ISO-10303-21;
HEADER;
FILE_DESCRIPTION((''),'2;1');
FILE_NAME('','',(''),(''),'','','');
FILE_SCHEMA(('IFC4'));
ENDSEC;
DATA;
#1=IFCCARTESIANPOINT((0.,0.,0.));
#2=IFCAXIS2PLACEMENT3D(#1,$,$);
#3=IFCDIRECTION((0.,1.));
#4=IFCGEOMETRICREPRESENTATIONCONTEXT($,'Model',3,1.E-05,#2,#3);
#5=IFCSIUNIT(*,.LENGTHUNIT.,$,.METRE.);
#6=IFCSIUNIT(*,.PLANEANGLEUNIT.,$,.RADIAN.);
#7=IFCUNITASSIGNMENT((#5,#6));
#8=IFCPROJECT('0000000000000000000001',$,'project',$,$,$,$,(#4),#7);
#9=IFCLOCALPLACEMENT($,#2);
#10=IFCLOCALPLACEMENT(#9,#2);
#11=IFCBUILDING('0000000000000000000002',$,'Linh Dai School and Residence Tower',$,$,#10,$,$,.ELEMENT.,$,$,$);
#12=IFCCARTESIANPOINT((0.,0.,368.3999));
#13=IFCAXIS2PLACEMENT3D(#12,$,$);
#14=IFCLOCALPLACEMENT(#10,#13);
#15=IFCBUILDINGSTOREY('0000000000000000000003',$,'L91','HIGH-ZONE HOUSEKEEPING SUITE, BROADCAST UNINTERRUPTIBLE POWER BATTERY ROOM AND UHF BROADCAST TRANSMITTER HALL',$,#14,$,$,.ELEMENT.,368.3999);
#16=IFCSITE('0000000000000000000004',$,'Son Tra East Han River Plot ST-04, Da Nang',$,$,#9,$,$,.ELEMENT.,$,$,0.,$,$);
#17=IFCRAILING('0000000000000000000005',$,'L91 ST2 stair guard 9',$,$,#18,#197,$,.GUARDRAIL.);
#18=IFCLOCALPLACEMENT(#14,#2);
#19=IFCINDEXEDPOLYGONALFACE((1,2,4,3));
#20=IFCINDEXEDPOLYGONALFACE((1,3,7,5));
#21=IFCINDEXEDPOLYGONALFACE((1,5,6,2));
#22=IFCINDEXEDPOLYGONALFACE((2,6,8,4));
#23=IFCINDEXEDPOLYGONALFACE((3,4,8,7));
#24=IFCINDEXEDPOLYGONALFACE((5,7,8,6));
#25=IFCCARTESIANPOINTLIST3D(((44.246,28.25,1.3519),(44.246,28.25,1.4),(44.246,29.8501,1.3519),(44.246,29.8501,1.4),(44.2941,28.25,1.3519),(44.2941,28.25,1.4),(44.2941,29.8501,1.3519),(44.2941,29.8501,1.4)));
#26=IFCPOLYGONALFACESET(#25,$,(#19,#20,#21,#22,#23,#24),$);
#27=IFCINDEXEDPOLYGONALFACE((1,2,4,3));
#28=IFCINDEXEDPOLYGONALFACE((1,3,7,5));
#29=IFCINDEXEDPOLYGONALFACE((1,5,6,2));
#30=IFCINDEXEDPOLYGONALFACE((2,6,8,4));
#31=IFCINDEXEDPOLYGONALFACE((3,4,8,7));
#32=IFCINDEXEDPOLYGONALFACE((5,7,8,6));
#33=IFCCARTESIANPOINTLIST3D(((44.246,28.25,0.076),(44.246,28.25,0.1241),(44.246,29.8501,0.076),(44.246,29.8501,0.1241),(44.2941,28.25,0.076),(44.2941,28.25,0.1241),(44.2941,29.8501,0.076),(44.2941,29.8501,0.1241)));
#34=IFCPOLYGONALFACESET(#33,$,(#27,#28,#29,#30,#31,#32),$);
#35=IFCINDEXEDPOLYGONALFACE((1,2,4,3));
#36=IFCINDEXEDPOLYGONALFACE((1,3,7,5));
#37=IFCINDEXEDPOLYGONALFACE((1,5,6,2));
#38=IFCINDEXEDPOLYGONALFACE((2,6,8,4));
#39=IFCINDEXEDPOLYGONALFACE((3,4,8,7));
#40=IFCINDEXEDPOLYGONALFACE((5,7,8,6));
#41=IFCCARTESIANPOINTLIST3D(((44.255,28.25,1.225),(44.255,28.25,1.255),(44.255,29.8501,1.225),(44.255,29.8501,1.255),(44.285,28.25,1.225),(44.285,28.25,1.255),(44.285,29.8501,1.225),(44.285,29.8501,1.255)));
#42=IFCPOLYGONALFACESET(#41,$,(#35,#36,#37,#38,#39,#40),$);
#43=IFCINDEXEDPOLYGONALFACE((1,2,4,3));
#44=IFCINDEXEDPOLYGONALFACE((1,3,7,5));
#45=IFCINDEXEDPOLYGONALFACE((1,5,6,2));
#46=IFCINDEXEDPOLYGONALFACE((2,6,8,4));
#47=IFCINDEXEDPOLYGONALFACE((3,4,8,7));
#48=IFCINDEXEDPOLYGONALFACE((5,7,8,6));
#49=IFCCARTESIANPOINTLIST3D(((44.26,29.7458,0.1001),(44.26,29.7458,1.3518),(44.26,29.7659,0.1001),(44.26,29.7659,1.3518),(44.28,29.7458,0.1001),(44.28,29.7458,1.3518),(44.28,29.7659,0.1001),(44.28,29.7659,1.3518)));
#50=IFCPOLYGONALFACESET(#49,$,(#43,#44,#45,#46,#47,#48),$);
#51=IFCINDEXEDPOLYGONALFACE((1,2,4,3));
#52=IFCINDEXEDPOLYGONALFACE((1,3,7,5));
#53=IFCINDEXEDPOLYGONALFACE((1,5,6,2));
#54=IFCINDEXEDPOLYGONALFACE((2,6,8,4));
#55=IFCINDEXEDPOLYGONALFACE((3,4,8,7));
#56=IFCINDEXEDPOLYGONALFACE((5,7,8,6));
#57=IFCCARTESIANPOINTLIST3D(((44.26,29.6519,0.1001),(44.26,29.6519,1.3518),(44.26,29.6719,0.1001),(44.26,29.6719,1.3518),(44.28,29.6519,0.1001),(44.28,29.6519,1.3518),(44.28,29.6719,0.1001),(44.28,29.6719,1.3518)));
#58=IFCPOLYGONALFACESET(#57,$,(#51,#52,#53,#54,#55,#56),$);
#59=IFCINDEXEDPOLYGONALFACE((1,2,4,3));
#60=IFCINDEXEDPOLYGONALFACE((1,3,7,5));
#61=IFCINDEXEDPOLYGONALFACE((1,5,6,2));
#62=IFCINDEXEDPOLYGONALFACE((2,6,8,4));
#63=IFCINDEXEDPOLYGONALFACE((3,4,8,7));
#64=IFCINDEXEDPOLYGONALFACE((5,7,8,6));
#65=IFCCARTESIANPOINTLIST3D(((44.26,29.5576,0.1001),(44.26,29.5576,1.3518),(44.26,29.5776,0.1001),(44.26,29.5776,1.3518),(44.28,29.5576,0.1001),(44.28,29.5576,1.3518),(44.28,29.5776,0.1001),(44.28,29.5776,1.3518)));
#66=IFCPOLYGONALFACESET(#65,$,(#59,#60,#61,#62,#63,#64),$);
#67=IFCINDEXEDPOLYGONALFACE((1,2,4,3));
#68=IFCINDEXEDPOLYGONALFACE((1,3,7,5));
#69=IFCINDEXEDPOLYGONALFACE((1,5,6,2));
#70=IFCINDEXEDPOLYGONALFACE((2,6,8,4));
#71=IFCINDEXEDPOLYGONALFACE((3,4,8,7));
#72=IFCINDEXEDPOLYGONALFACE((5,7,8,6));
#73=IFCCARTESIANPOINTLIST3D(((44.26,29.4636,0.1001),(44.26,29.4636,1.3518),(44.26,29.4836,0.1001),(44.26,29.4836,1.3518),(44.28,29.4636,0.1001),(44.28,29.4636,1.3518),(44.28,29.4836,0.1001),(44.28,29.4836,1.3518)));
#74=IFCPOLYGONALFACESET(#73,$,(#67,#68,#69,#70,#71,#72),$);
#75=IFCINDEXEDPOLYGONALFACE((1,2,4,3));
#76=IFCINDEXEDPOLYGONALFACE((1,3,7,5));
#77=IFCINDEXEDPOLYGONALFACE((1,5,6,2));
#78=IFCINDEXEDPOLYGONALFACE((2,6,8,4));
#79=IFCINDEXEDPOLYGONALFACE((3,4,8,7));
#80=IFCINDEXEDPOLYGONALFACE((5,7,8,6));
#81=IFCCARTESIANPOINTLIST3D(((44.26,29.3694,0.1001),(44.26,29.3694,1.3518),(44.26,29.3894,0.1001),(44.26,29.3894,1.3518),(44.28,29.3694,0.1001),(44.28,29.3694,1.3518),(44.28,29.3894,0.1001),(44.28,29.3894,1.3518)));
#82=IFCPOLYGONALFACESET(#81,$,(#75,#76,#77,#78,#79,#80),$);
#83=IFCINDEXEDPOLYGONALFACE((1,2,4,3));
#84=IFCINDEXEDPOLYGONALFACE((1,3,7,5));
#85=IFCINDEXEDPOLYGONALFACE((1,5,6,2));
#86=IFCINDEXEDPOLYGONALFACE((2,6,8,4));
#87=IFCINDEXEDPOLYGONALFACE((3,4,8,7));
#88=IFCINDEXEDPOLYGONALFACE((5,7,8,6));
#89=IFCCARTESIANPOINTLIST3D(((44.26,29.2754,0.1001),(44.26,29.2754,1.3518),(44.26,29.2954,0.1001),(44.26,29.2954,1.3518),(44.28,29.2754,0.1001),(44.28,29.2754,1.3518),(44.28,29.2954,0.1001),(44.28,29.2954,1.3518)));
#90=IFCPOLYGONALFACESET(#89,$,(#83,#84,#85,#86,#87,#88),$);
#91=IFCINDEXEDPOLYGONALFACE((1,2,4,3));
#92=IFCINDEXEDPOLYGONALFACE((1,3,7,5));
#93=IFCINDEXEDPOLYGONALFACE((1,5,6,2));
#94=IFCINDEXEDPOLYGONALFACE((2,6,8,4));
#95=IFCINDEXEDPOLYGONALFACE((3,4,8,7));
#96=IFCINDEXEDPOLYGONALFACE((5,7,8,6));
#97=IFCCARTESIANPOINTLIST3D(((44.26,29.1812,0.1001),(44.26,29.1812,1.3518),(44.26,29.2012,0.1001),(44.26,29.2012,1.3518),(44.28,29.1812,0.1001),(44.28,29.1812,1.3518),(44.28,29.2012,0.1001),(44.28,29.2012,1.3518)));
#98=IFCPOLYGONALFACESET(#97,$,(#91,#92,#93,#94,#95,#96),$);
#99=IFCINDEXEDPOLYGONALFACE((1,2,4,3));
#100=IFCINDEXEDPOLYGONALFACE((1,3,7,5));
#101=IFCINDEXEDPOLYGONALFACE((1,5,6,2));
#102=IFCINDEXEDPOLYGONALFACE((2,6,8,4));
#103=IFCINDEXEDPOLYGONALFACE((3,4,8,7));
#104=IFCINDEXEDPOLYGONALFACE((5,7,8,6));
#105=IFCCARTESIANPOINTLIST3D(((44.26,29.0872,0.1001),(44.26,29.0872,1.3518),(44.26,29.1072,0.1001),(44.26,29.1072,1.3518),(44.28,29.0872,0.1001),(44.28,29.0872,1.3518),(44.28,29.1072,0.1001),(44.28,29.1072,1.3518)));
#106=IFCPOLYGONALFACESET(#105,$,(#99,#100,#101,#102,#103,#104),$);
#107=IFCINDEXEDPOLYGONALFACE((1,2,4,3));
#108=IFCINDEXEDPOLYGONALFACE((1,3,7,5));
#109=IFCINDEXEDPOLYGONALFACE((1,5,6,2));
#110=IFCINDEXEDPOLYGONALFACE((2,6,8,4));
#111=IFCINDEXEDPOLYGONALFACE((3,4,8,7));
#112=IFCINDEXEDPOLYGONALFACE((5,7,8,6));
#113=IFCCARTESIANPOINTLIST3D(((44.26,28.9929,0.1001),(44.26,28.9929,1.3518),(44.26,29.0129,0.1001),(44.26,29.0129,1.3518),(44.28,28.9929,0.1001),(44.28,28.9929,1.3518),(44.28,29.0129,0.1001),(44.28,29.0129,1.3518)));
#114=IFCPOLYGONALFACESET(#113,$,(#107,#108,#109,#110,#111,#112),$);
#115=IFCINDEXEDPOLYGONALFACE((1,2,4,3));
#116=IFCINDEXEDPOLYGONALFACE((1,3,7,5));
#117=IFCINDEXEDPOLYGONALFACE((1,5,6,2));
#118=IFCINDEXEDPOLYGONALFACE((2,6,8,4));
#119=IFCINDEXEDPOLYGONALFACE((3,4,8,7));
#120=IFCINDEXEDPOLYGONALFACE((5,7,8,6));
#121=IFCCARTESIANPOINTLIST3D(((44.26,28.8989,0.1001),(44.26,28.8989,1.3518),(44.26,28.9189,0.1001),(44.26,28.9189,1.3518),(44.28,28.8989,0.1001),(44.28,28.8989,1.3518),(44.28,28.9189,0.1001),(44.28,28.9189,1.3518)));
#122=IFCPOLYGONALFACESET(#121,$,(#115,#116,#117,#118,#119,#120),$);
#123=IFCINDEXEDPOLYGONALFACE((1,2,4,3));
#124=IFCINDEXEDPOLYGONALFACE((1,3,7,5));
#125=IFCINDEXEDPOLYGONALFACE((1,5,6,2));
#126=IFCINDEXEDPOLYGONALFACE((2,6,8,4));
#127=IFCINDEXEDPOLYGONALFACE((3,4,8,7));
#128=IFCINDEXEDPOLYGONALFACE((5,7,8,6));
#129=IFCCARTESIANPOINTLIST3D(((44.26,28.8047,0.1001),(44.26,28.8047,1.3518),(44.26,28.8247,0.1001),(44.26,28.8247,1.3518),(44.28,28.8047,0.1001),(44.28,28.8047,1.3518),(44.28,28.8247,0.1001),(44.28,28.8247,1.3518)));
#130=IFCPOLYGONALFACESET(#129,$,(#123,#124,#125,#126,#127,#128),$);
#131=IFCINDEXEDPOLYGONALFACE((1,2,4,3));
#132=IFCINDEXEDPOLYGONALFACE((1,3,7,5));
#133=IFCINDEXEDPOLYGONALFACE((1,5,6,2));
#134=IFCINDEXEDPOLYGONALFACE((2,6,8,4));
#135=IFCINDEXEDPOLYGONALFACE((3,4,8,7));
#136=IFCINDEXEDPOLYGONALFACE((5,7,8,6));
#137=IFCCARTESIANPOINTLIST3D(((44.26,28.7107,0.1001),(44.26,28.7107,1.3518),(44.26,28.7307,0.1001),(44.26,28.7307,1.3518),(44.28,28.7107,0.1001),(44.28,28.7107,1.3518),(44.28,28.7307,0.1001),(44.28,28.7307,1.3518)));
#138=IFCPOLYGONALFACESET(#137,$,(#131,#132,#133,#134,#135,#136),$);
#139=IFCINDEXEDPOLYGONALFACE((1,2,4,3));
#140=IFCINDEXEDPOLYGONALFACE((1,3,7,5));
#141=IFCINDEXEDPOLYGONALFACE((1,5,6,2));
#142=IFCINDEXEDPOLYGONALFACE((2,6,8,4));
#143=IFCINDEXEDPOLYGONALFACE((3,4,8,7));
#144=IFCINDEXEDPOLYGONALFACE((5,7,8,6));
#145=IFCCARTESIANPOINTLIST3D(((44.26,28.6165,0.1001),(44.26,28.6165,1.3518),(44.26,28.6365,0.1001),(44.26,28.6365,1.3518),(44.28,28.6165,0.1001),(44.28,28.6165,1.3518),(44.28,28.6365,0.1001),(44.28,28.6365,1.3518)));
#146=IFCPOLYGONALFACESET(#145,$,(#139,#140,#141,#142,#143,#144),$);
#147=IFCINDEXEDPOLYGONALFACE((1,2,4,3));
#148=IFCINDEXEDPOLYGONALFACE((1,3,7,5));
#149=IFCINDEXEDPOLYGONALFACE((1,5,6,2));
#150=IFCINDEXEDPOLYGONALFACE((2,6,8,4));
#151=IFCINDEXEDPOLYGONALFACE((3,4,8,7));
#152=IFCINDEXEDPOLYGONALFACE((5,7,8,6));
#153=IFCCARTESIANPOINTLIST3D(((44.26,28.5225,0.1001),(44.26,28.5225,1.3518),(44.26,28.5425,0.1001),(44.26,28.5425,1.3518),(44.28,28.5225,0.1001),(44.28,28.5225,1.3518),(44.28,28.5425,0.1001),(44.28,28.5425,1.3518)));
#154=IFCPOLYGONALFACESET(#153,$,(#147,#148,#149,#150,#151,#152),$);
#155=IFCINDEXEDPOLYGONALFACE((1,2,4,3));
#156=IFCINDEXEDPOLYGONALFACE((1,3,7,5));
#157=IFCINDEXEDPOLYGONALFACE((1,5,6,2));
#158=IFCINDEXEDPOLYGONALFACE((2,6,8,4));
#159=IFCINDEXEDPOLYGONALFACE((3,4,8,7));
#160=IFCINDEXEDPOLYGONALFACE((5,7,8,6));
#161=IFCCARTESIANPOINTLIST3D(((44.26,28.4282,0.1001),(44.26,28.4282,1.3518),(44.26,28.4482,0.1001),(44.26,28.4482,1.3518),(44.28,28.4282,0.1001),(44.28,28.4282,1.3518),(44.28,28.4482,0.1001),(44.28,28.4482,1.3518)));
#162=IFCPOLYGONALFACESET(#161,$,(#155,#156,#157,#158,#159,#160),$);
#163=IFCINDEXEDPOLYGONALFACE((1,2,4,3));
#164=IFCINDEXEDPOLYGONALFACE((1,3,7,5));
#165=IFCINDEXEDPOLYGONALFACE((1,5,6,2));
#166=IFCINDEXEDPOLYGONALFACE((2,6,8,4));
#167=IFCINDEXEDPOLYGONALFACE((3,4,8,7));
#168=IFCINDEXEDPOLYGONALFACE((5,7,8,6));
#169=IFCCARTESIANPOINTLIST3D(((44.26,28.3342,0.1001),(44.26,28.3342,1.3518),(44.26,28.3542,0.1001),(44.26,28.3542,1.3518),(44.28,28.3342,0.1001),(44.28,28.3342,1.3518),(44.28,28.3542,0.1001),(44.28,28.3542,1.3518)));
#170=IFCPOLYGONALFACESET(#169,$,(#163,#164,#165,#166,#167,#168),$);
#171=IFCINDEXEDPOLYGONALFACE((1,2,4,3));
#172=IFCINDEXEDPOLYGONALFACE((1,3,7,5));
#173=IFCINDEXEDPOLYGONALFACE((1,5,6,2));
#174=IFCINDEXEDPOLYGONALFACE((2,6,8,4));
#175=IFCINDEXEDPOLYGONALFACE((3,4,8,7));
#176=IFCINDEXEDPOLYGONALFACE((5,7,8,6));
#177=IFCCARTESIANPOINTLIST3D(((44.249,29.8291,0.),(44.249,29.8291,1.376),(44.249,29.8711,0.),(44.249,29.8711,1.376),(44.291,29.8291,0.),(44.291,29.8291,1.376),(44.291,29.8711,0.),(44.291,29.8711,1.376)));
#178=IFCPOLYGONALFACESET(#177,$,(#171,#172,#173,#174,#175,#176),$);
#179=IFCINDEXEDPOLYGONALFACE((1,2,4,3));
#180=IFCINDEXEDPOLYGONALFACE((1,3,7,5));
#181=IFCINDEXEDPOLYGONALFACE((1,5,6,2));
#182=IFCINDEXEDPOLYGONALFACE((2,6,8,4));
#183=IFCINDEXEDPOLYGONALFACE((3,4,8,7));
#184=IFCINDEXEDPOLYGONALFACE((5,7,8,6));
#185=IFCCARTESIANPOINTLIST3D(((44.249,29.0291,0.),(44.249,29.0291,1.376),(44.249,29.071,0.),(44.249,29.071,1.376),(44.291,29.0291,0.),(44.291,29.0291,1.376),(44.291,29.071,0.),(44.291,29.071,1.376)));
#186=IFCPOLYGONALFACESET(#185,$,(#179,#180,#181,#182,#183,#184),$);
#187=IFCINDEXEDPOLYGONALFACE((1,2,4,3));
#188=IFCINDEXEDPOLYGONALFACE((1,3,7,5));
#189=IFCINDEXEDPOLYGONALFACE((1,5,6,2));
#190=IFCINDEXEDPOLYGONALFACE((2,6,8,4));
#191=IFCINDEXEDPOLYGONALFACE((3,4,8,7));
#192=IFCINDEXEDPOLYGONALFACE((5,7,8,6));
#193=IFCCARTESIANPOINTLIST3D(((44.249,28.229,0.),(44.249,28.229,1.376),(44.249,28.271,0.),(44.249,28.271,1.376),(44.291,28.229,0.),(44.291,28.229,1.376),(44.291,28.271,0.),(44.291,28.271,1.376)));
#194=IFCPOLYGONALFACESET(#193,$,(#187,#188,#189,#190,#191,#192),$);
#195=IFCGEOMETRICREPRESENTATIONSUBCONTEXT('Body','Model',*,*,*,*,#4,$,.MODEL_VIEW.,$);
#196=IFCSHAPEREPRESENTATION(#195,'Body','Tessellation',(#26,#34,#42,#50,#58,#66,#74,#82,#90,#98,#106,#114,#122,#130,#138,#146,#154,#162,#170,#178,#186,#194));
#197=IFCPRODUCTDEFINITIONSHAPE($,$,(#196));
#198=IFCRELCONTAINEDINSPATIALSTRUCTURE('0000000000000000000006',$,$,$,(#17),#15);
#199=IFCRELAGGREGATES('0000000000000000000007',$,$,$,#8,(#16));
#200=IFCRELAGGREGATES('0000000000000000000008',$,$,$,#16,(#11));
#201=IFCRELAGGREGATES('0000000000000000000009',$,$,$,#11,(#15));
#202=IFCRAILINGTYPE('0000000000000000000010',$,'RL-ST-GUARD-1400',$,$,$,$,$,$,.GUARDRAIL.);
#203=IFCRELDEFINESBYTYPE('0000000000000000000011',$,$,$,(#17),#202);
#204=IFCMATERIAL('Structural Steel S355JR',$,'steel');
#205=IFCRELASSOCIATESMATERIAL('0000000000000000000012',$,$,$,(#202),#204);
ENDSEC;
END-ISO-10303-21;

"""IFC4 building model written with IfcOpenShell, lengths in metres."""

from ifc_helpers import new_model, si_unit, direction, frame, origin, origin_2d, place, context, subcontext, project, spatial, rectangle, extrude, source, transform, mapped, material, type_object, element, save


model = new_model("IFC4")

# Units and contexts
model_context = context("Model", 3, precision=1e-05, world=origin(), true_north=direction((0.0, 1.0)))
body_context = subcontext(model_context, "Body", "Model", "MODEL_VIEW")
ifc_project = project(units=[si_unit("LENGTHUNIT", "METRE"), si_unit("PLANEANGLEUNIT", "RADIAN")], contexts=[model_context])

# Site, building, storey
site_placement = place(None, origin())
site = spatial("IfcSite", under=ifc_project, at=site_placement, Name="Son Tra East Han River Plot ST-04, Da Nang", CompositionType="ELEMENT", RefElevation=0.0)
building_placement = place(site_placement, origin())
building = spatial("IfcBuilding", under=site, at=building_placement, Name="Linh Dai School and Residence Tower", CompositionType="ELEMENT")
storey_placement = place(building_placement, frame((0.0, 0.0, 368.3999)))
storey = spatial("IfcBuildingStorey", under=building, at=storey_placement, Name="L91", Description="HIGH-ZONE HOUSEKEEPING SUITE, BROADCAST UNINTERRUPTIBLE POWER BATTERY ROOM AND UHF BROADCAST TRANSMITTER HALL", CompositionType="ELEMENT", Elevation=368.3999)

# Shared definitions
ifc_material_1 = material(Name="Structural Steel S355JR", Category="steel")

# Railing
railing_type = type_object("IfcRailingType", Name="RL-ST-GUARD-1400", PredefinedType="GUARDRAIL", material=ifc_material_1)
shared_shape_1 = source(origin(), body_context, "Body", "SweptSolid", [
    extrude(rectangle(XDim=0.0481, YDim=0.0481, at=origin_2d()), frame((0.0, 0.0, 1.376), z_axis=(0.0, -1.0, 0.0), x_axis=(1.0, 0.0, 0.0)), (0.0, 0.0, 1.0), 1.6001),
    extrude(rectangle(XDim=0.0481, YDim=0.0481, at=origin_2d()), frame((0.0, 0.0, 0.1001), z_axis=(0.0, -1.0, 0.0), x_axis=(1.0, 0.0, 0.0)), (0.0, 0.0, 1.0), 1.6001),
    extrude(rectangle(XDim=0.03, YDim=0.03, at=origin_2d()), frame((0.0, 0.0, 1.24), z_axis=(0.0, -1.0, 0.0), x_axis=(1.0, 0.0, 0.0)), (0.0, 0.0, 1.0), 1.6001),
    extrude(rectangle(XDim=0.02, YDim=0.02, at=origin_2d()), frame((0.0, -0.0942, 0.1001)), (0.0, 0.0, 1.0), 1.2517),
    extrude(rectangle(XDim=0.02, YDim=0.02, at=origin_2d()), frame((0.0, -0.1882, 0.1001)), (0.0, 0.0, 1.0), 1.2517),
    extrude(rectangle(XDim=0.02, YDim=0.02, at=origin_2d()), frame((0.0, -0.2825, 0.1001)), (0.0, 0.0, 1.0), 1.2517),
    extrude(rectangle(XDim=0.02, YDim=0.02, at=origin_2d()), frame((0.0, -0.3765, 0.1001)), (0.0, 0.0, 1.0), 1.2517),
    extrude(rectangle(XDim=0.02, YDim=0.02, at=origin_2d()), frame((0.0, -0.4707, 0.1001)), (0.0, 0.0, 1.0), 1.2517),
    extrude(rectangle(XDim=0.02, YDim=0.02, at=origin_2d()), frame((0.0, -0.5647, 0.1001)), (0.0, 0.0, 1.0), 1.2517),
    extrude(rectangle(XDim=0.02, YDim=0.02, at=origin_2d()), frame((0.0, -0.6589, 0.1001)), (0.0, 0.0, 1.0), 1.2517),
    extrude(rectangle(XDim=0.02, YDim=0.02, at=origin_2d()), frame((0.0, -0.7529, 0.1001)), (0.0, 0.0, 1.0), 1.2517),
    extrude(rectangle(XDim=0.02, YDim=0.02, at=origin_2d()), frame((0.0, -0.8472, 0.1001)), (0.0, 0.0, 1.0), 1.2517),
    extrude(rectangle(XDim=0.02, YDim=0.02, at=origin_2d()), frame((0.0, -0.9412, 0.1001)), (0.0, 0.0, 1.0), 1.2517),
    extrude(rectangle(XDim=0.02, YDim=0.02, at=origin_2d()), frame((0.0, -1.0354, 0.1001)), (0.0, 0.0, 1.0), 1.2517),
    extrude(rectangle(XDim=0.02, YDim=0.02, at=origin_2d()), frame((0.0, -1.1294, 0.1001)), (0.0, 0.0, 1.0), 1.2517),
    extrude(rectangle(XDim=0.02, YDim=0.02, at=origin_2d()), frame((0.0, -1.2236, 0.1001)), (0.0, 0.0, 1.0), 1.2517),
    extrude(rectangle(XDim=0.02, YDim=0.02, at=origin_2d()), frame((0.0, -1.3176, 0.1001)), (0.0, 0.0, 1.0), 1.2517),
    extrude(rectangle(XDim=0.02, YDim=0.02, at=origin_2d()), frame((0.0, -1.4119, 0.1001)), (0.0, 0.0, 1.0), 1.2517),
    extrude(rectangle(XDim=0.02, YDim=0.02, at=origin_2d()), frame((0.0, -1.5059, 0.1001)), (0.0, 0.0, 1.0), 1.2517),
    extrude(rectangle(XDim=0.042, YDim=0.042, at=origin_2d()), origin(), (0.0, 0.0, 1.0), 1.376),
    extrude(rectangle(XDim=0.042, YDim=0.042, at=origin_2d()), frame((0.0, -0.8, 0.0)), (0.0, 0.0, 1.0), 1.376),
    extrude(rectangle(XDim=0.042, YDim=0.042, at=origin_2d()), frame((0.0, -1.6001, 0.0)), (0.0, 0.0, 1.0), 1.376),
])
railing_1_placement = place(storey_placement, frame((44.27, 29.8501, 0.0)))
element("IfcRailing", 1, at=railing_1_placement, inside=storey, type_object=railing_type, Name="L91 ST2 stair guard 9", PredefinedType="GUARDRAIL", context=body_context, shape_type="MappedRepresentation", body=[
    mapped(shared_shape_1, transform((0.0, 0.0, 0.0), x_axis=(1.0, 0.0, 0.0), y_axis=(0.0, 1.0, 0.0), z_axis=(0.0, 0.0, 1.0), scale=1.0)),
])

save(model, "model.ifc")
